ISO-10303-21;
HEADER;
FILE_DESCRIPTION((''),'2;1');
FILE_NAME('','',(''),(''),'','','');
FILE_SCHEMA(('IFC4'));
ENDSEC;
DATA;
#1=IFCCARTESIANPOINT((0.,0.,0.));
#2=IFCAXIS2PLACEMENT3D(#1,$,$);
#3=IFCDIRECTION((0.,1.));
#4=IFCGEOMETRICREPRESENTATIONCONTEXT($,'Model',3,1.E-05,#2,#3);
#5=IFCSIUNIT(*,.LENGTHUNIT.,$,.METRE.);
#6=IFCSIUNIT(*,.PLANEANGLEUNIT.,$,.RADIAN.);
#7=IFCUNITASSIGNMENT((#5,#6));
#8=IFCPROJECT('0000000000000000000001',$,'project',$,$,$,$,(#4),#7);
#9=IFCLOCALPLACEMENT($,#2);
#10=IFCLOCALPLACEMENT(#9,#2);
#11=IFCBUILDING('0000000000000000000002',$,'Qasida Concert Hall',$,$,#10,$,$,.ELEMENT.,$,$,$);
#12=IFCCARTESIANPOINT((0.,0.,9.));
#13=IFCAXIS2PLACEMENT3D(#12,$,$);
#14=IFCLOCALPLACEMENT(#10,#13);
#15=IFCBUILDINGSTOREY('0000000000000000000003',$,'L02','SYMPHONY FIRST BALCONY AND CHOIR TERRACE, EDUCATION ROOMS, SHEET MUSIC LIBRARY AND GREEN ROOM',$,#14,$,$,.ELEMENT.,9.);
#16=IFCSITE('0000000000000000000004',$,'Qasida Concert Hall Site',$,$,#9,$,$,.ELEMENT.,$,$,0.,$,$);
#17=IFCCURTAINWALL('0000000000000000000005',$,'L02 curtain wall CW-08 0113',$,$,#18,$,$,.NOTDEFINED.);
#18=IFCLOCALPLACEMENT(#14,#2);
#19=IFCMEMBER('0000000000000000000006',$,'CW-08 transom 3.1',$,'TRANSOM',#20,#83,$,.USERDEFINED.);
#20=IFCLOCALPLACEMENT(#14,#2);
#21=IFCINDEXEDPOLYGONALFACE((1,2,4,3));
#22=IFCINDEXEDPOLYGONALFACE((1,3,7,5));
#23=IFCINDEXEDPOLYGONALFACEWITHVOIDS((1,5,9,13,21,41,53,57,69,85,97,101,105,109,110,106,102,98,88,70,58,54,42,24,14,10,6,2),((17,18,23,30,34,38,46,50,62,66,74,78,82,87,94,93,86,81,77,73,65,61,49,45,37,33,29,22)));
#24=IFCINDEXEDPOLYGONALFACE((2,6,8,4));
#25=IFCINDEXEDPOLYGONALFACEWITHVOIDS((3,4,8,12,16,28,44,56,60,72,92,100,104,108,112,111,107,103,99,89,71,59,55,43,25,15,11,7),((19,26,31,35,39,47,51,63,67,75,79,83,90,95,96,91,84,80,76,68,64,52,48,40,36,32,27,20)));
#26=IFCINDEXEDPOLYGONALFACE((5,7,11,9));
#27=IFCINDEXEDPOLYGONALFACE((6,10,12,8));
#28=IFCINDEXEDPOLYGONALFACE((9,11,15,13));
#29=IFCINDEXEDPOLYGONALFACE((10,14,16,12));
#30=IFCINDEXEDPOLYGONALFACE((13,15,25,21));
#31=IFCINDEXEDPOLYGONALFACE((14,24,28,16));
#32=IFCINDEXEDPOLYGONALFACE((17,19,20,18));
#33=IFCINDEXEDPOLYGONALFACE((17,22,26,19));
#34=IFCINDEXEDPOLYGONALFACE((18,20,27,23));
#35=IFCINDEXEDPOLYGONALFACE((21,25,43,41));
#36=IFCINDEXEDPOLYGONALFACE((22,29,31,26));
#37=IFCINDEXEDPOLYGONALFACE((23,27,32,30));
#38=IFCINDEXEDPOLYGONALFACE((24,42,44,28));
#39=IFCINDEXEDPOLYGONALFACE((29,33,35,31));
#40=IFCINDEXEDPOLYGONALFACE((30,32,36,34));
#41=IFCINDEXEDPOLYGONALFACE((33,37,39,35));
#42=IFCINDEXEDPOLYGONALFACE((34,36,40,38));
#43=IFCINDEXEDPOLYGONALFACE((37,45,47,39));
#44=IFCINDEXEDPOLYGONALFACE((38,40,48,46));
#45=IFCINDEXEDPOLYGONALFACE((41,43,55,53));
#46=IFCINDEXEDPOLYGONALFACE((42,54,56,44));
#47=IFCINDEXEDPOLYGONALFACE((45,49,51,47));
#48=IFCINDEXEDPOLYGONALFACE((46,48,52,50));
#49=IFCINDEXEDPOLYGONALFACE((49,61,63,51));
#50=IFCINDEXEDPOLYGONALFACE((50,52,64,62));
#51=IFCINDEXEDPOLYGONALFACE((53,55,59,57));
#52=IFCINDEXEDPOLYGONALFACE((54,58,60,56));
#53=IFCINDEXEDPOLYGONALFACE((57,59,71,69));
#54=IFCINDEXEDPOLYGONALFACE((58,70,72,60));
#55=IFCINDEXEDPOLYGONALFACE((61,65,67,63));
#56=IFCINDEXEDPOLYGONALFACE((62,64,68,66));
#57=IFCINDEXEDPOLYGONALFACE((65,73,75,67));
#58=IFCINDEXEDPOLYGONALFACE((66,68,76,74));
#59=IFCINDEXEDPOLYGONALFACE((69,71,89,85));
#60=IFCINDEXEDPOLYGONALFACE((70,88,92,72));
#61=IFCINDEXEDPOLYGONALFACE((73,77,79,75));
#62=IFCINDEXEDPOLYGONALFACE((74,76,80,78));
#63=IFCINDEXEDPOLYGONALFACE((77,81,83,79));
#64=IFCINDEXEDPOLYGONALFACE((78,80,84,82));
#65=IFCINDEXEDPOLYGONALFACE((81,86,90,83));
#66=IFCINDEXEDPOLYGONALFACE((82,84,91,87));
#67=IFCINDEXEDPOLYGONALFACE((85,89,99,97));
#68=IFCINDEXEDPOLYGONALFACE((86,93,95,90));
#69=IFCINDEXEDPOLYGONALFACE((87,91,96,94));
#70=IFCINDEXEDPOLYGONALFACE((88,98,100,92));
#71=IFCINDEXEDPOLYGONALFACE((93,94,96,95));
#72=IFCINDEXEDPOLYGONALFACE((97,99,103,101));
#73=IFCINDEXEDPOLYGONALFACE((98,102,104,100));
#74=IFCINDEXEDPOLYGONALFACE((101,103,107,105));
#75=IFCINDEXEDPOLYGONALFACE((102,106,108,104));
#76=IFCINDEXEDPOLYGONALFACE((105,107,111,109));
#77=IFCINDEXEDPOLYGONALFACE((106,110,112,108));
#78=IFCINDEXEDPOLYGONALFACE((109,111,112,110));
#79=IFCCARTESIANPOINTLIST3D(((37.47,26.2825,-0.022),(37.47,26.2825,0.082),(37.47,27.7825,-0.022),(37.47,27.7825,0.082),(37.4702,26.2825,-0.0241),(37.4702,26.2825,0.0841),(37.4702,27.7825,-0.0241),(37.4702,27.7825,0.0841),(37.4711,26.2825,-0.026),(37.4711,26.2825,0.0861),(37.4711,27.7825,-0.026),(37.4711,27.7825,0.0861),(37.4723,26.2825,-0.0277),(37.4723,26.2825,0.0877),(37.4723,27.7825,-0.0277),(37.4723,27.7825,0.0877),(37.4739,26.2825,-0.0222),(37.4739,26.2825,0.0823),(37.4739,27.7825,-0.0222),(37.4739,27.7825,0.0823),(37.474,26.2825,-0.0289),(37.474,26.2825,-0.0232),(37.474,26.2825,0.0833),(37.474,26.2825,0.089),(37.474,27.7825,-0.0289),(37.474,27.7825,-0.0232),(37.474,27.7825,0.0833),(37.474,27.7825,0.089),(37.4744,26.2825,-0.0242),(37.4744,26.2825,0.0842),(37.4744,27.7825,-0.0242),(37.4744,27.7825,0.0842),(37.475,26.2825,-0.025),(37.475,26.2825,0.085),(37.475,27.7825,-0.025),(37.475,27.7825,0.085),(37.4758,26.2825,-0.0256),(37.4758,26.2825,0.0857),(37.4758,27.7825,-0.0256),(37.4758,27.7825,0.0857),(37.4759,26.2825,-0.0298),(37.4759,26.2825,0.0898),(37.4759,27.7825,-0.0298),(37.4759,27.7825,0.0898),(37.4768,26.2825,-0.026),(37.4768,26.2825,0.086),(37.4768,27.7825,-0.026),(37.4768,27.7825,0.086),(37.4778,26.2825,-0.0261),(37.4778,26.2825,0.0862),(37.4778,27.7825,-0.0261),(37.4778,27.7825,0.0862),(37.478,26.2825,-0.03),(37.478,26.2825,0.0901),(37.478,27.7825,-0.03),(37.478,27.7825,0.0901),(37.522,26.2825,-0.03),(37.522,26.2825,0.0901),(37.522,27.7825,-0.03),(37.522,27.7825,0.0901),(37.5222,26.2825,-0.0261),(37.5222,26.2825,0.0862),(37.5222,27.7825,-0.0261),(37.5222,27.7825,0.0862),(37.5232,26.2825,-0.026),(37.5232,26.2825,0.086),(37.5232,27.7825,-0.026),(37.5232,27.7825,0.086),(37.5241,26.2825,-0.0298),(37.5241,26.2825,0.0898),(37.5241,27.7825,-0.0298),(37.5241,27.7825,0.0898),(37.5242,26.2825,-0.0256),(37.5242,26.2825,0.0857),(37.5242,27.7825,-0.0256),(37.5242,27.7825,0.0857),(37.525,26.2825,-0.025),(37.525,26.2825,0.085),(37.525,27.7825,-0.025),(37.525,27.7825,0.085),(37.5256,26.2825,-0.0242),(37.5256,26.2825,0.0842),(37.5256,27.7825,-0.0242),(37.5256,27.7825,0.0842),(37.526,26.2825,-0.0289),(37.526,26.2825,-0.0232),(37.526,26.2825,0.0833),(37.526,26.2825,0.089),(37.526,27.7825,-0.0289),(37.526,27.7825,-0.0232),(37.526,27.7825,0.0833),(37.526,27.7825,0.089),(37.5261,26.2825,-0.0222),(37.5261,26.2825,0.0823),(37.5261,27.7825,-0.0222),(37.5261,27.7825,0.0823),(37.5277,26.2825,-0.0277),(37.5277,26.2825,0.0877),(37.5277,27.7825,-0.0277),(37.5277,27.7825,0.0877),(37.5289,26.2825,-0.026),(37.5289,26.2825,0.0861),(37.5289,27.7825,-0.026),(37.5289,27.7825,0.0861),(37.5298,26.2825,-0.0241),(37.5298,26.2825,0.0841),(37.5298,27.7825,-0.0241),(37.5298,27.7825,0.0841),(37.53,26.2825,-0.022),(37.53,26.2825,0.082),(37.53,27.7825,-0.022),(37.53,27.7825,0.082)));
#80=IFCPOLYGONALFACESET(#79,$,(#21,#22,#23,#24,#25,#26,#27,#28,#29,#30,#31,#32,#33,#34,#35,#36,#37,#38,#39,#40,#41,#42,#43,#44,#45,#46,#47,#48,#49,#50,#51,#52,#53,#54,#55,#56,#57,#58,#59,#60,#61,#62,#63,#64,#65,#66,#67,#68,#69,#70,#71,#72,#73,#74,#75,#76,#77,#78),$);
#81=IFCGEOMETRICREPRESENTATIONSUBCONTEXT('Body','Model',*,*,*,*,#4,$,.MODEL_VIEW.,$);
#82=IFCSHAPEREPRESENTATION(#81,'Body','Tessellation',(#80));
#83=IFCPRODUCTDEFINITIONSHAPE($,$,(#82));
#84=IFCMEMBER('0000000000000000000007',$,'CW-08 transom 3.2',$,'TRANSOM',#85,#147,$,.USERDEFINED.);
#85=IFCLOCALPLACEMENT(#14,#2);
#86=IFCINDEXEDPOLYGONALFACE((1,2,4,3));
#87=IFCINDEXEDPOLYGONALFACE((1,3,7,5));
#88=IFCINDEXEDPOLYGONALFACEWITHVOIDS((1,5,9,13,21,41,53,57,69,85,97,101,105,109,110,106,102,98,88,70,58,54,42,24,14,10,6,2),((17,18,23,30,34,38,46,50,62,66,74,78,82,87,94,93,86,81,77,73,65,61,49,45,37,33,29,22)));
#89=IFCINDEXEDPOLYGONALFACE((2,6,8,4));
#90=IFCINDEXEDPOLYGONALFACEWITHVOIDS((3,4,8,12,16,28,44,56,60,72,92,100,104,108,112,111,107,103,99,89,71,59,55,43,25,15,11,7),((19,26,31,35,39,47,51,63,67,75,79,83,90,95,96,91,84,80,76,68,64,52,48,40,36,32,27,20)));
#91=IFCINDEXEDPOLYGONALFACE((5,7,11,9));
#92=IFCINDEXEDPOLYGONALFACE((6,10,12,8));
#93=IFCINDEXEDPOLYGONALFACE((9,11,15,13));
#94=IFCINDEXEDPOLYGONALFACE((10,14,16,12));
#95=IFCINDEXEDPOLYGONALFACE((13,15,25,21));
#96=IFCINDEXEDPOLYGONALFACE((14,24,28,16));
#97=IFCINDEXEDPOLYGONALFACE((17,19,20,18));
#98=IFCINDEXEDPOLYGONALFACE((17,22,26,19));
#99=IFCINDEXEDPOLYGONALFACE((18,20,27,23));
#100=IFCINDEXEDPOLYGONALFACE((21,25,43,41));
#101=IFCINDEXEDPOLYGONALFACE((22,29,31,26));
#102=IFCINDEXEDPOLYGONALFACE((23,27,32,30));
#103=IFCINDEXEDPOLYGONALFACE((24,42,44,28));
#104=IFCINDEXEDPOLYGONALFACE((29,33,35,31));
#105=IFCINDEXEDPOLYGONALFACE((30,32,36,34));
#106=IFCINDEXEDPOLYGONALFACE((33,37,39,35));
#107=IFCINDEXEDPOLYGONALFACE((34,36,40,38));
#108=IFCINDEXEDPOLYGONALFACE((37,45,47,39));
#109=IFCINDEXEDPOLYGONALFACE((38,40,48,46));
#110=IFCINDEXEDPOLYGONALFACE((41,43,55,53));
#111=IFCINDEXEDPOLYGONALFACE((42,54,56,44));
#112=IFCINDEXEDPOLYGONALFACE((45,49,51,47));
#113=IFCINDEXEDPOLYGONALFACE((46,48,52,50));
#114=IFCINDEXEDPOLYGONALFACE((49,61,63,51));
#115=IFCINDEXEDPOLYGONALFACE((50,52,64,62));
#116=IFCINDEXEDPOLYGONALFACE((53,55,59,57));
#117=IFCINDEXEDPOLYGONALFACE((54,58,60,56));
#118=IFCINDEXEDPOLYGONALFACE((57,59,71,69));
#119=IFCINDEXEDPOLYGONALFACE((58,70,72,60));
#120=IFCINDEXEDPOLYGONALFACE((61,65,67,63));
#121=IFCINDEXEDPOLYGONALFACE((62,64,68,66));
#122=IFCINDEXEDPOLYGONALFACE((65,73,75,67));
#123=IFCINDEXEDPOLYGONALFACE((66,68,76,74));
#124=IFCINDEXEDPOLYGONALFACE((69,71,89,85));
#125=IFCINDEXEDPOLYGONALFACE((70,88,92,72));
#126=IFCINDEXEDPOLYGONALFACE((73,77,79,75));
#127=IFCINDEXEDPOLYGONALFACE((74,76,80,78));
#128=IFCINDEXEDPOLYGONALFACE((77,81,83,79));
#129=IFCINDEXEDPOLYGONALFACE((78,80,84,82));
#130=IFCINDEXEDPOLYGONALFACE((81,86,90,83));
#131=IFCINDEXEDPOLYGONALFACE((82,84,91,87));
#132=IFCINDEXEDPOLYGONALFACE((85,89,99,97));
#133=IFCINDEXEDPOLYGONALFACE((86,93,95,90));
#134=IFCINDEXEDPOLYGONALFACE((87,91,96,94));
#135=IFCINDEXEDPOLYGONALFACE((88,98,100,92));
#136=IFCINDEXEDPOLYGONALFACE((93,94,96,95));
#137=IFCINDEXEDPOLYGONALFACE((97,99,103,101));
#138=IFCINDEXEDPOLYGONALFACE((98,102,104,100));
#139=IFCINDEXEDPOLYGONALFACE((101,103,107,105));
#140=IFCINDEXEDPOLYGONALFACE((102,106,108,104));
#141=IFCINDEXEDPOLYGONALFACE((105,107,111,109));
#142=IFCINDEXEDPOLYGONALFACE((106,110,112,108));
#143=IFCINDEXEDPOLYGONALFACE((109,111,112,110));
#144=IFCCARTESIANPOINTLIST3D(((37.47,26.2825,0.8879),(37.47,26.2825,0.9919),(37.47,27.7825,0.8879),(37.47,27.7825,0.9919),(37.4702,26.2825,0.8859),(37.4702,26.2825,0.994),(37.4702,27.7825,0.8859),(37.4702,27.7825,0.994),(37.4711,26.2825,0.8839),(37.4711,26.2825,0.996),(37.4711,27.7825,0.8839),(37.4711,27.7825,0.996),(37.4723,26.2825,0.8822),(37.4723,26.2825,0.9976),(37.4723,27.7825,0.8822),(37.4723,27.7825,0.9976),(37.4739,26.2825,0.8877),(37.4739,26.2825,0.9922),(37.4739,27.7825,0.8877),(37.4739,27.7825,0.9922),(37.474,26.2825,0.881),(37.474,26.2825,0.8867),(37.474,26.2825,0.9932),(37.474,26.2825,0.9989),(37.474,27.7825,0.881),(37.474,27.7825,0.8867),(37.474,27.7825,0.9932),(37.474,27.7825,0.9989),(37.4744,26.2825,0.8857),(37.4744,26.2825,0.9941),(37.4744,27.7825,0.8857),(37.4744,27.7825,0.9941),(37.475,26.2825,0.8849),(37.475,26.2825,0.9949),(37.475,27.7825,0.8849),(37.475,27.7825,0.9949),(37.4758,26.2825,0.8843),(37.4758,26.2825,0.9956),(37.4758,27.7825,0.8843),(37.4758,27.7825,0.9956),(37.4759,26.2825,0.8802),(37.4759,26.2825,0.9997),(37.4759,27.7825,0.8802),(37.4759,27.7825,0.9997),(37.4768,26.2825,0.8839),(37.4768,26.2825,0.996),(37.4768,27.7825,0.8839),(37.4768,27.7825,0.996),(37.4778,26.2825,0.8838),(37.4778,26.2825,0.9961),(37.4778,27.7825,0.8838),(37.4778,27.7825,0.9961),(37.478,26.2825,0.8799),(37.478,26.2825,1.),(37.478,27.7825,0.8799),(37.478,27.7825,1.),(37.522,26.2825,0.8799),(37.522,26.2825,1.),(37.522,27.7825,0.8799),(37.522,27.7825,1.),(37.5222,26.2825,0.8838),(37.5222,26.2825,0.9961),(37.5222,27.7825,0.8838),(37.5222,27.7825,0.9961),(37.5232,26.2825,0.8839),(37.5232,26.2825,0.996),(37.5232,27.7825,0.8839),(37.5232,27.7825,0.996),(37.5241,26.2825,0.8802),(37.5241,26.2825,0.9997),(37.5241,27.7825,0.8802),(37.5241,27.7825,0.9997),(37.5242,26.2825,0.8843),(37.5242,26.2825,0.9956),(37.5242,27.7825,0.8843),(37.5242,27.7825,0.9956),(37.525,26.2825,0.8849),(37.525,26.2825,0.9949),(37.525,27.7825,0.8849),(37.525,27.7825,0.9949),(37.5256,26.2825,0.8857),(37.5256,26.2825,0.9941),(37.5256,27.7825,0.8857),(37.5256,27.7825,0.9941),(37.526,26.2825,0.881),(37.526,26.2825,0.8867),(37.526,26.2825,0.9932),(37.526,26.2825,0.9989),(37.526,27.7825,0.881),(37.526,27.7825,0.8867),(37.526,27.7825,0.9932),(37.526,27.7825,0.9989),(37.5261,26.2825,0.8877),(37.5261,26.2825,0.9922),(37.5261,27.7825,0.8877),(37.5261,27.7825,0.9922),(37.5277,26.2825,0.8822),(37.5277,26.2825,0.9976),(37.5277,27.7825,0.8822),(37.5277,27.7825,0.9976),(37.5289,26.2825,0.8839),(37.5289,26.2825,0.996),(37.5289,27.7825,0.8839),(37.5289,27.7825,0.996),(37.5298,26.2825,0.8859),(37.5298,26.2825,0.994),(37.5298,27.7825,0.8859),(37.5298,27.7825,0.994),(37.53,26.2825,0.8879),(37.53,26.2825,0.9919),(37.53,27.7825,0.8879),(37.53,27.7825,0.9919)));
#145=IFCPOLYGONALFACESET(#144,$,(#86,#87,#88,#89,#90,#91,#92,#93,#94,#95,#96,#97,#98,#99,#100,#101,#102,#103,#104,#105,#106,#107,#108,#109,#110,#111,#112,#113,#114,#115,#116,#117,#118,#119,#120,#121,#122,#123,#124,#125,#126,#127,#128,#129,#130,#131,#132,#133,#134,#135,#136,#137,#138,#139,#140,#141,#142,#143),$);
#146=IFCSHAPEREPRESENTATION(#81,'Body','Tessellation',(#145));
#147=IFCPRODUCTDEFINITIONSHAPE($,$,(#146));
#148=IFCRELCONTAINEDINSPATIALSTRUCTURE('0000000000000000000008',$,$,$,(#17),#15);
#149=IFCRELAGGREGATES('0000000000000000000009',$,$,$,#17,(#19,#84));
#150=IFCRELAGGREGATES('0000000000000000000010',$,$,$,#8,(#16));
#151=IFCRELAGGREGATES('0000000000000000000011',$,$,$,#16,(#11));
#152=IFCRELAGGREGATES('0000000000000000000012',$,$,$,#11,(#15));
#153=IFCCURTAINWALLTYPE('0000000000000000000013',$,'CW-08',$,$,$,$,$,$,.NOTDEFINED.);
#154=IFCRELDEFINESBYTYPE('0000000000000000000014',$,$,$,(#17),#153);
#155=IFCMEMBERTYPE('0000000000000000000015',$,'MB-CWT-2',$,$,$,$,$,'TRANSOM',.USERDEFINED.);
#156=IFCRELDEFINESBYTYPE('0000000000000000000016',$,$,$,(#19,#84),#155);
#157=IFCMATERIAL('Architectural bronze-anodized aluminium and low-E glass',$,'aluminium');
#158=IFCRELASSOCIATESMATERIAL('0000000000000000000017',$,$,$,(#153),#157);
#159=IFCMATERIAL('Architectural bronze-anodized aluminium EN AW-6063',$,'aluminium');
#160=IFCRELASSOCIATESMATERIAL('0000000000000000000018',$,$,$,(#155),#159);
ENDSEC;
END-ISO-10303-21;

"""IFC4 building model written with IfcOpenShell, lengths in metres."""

from ifc_helpers import new_model, si_unit, direction, frame, origin, origin_2d, place, context, subcontext, project, spatial, hollow_rectangle, extrude, material, material_profile, profile_set, type_object, element, aggregate, save


model = new_model("IFC4")

# Units and contexts
model_context = context("Model", 3, precision=1e-05, world=origin(), true_north=direction((0.0, 1.0)))
body_context = subcontext(model_context, "Body", "Model", "MODEL_VIEW")
ifc_project = project(units=[si_unit("LENGTHUNIT", "METRE"), si_unit("PLANEANGLEUNIT", "RADIAN")], contexts=[model_context])

# Site, building, storey
site_placement = place(None, origin())
site = spatial("IfcSite", under=ifc_project, at=site_placement, Name="Qasida Concert Hall Site", CompositionType="ELEMENT", RefElevation=0.0)
building_placement = place(site_placement, origin())
building = spatial("IfcBuilding", under=site, at=building_placement, Name="Qasida Concert Hall", CompositionType="ELEMENT")
storey_placement = place(building_placement, frame((0.0, 0.0, 9.0)))
storey = spatial("IfcBuildingStorey", under=building, at=storey_placement, Name="L02", Description="SYMPHONY FIRST BALCONY AND CHOIR TERRACE, EDUCATION ROOMS, SHEET MUSIC LIBRARY AND GREEN ROOM", CompositionType="ELEMENT", Elevation=9.0)

# Curtain wall
ifc_material_1 = material(Name="Architectural bronze-anodized aluminium and low-E glass", Category="aluminium")
curtain_wall_type = type_object("IfcCurtainWallType", Name="CW-08", PredefinedType="NOTDEFINED", material=ifc_material_1)
curtain_wall_1_placement = place(storey_placement, origin())
curtain_wall_1 = element("IfcCurtainWall", 1, at=curtain_wall_1_placement, inside=storey, type_object=curtain_wall_type, Name="L02 curtain wall CW-08 0113", PredefinedType="NOTDEFINED")
ifc_material_2 = material(Name="Architectural bronze-anodized aluminium EN AW-6063", Category="aluminium")

# Members
ifc_material_profile_1 = material_profile(ifc_material_2, hollow_rectangle(XDim=0.0601, YDim=0.1201, WallThickness=0.0039, InnerFilletRadius=0.0039, OuterFilletRadius=0.0081, at=origin_2d()), Name="CWT 120x60x4")
ifc_profile_set_1 = profile_set([ifc_material_profile_1], Name="Architectural bronze-anodized aluminium EN AW-6063")
member_type_1 = type_object("IfcMemberType", Name="MB-CWT-2", ElementType="TRANSOM", PredefinedType="USERDEFINED", material=ifc_profile_set_1)
member_1_placement = place(storey_placement, frame((37.5, 26.2825, 0.03), z_axis=(0.0, 1.0, 0.0), x_axis=(-1.0, 0.0, 0.0)))
member_1 = element("IfcMember", 2, at=member_1_placement, type_object=member_type_1, Name="CW-08 transom 3.1", ObjectType="TRANSOM", PredefinedType="USERDEFINED", context=body_context, shape_type="SweptSolid", body=[
    extrude(hollow_rectangle(XDim=0.0601, YDim=0.1201, WallThickness=0.0039, InnerFilletRadius=0.0039, OuterFilletRadius=0.0081, at=origin_2d()), origin(), (0.0, 0.0, 1.0), 1.5),
])
member_2_placement = place(storey_placement, frame((37.5, 26.2825, 0.9399), z_axis=(0.0, 1.0, 0.0), x_axis=(-1.0, 0.0, 0.0)))
member_2 = element("IfcMember", 3, at=member_2_placement, type_object=member_type_1, Name="CW-08 transom 3.2", ObjectType="TRANSOM", PredefinedType="USERDEFINED", context=body_context, shape_type="SweptSolid", body=[
    extrude(hollow_rectangle(XDim=0.0601, YDim=0.1201, WallThickness=0.0039, InnerFilletRadius=0.0039, OuterFilletRadius=0.0081, at=origin_2d()), origin(), (0.0, 0.0, 1.0), 1.5),
])

aggregate(curtain_wall_1, [member_1, member_2])

save(model, "model.ifc")
